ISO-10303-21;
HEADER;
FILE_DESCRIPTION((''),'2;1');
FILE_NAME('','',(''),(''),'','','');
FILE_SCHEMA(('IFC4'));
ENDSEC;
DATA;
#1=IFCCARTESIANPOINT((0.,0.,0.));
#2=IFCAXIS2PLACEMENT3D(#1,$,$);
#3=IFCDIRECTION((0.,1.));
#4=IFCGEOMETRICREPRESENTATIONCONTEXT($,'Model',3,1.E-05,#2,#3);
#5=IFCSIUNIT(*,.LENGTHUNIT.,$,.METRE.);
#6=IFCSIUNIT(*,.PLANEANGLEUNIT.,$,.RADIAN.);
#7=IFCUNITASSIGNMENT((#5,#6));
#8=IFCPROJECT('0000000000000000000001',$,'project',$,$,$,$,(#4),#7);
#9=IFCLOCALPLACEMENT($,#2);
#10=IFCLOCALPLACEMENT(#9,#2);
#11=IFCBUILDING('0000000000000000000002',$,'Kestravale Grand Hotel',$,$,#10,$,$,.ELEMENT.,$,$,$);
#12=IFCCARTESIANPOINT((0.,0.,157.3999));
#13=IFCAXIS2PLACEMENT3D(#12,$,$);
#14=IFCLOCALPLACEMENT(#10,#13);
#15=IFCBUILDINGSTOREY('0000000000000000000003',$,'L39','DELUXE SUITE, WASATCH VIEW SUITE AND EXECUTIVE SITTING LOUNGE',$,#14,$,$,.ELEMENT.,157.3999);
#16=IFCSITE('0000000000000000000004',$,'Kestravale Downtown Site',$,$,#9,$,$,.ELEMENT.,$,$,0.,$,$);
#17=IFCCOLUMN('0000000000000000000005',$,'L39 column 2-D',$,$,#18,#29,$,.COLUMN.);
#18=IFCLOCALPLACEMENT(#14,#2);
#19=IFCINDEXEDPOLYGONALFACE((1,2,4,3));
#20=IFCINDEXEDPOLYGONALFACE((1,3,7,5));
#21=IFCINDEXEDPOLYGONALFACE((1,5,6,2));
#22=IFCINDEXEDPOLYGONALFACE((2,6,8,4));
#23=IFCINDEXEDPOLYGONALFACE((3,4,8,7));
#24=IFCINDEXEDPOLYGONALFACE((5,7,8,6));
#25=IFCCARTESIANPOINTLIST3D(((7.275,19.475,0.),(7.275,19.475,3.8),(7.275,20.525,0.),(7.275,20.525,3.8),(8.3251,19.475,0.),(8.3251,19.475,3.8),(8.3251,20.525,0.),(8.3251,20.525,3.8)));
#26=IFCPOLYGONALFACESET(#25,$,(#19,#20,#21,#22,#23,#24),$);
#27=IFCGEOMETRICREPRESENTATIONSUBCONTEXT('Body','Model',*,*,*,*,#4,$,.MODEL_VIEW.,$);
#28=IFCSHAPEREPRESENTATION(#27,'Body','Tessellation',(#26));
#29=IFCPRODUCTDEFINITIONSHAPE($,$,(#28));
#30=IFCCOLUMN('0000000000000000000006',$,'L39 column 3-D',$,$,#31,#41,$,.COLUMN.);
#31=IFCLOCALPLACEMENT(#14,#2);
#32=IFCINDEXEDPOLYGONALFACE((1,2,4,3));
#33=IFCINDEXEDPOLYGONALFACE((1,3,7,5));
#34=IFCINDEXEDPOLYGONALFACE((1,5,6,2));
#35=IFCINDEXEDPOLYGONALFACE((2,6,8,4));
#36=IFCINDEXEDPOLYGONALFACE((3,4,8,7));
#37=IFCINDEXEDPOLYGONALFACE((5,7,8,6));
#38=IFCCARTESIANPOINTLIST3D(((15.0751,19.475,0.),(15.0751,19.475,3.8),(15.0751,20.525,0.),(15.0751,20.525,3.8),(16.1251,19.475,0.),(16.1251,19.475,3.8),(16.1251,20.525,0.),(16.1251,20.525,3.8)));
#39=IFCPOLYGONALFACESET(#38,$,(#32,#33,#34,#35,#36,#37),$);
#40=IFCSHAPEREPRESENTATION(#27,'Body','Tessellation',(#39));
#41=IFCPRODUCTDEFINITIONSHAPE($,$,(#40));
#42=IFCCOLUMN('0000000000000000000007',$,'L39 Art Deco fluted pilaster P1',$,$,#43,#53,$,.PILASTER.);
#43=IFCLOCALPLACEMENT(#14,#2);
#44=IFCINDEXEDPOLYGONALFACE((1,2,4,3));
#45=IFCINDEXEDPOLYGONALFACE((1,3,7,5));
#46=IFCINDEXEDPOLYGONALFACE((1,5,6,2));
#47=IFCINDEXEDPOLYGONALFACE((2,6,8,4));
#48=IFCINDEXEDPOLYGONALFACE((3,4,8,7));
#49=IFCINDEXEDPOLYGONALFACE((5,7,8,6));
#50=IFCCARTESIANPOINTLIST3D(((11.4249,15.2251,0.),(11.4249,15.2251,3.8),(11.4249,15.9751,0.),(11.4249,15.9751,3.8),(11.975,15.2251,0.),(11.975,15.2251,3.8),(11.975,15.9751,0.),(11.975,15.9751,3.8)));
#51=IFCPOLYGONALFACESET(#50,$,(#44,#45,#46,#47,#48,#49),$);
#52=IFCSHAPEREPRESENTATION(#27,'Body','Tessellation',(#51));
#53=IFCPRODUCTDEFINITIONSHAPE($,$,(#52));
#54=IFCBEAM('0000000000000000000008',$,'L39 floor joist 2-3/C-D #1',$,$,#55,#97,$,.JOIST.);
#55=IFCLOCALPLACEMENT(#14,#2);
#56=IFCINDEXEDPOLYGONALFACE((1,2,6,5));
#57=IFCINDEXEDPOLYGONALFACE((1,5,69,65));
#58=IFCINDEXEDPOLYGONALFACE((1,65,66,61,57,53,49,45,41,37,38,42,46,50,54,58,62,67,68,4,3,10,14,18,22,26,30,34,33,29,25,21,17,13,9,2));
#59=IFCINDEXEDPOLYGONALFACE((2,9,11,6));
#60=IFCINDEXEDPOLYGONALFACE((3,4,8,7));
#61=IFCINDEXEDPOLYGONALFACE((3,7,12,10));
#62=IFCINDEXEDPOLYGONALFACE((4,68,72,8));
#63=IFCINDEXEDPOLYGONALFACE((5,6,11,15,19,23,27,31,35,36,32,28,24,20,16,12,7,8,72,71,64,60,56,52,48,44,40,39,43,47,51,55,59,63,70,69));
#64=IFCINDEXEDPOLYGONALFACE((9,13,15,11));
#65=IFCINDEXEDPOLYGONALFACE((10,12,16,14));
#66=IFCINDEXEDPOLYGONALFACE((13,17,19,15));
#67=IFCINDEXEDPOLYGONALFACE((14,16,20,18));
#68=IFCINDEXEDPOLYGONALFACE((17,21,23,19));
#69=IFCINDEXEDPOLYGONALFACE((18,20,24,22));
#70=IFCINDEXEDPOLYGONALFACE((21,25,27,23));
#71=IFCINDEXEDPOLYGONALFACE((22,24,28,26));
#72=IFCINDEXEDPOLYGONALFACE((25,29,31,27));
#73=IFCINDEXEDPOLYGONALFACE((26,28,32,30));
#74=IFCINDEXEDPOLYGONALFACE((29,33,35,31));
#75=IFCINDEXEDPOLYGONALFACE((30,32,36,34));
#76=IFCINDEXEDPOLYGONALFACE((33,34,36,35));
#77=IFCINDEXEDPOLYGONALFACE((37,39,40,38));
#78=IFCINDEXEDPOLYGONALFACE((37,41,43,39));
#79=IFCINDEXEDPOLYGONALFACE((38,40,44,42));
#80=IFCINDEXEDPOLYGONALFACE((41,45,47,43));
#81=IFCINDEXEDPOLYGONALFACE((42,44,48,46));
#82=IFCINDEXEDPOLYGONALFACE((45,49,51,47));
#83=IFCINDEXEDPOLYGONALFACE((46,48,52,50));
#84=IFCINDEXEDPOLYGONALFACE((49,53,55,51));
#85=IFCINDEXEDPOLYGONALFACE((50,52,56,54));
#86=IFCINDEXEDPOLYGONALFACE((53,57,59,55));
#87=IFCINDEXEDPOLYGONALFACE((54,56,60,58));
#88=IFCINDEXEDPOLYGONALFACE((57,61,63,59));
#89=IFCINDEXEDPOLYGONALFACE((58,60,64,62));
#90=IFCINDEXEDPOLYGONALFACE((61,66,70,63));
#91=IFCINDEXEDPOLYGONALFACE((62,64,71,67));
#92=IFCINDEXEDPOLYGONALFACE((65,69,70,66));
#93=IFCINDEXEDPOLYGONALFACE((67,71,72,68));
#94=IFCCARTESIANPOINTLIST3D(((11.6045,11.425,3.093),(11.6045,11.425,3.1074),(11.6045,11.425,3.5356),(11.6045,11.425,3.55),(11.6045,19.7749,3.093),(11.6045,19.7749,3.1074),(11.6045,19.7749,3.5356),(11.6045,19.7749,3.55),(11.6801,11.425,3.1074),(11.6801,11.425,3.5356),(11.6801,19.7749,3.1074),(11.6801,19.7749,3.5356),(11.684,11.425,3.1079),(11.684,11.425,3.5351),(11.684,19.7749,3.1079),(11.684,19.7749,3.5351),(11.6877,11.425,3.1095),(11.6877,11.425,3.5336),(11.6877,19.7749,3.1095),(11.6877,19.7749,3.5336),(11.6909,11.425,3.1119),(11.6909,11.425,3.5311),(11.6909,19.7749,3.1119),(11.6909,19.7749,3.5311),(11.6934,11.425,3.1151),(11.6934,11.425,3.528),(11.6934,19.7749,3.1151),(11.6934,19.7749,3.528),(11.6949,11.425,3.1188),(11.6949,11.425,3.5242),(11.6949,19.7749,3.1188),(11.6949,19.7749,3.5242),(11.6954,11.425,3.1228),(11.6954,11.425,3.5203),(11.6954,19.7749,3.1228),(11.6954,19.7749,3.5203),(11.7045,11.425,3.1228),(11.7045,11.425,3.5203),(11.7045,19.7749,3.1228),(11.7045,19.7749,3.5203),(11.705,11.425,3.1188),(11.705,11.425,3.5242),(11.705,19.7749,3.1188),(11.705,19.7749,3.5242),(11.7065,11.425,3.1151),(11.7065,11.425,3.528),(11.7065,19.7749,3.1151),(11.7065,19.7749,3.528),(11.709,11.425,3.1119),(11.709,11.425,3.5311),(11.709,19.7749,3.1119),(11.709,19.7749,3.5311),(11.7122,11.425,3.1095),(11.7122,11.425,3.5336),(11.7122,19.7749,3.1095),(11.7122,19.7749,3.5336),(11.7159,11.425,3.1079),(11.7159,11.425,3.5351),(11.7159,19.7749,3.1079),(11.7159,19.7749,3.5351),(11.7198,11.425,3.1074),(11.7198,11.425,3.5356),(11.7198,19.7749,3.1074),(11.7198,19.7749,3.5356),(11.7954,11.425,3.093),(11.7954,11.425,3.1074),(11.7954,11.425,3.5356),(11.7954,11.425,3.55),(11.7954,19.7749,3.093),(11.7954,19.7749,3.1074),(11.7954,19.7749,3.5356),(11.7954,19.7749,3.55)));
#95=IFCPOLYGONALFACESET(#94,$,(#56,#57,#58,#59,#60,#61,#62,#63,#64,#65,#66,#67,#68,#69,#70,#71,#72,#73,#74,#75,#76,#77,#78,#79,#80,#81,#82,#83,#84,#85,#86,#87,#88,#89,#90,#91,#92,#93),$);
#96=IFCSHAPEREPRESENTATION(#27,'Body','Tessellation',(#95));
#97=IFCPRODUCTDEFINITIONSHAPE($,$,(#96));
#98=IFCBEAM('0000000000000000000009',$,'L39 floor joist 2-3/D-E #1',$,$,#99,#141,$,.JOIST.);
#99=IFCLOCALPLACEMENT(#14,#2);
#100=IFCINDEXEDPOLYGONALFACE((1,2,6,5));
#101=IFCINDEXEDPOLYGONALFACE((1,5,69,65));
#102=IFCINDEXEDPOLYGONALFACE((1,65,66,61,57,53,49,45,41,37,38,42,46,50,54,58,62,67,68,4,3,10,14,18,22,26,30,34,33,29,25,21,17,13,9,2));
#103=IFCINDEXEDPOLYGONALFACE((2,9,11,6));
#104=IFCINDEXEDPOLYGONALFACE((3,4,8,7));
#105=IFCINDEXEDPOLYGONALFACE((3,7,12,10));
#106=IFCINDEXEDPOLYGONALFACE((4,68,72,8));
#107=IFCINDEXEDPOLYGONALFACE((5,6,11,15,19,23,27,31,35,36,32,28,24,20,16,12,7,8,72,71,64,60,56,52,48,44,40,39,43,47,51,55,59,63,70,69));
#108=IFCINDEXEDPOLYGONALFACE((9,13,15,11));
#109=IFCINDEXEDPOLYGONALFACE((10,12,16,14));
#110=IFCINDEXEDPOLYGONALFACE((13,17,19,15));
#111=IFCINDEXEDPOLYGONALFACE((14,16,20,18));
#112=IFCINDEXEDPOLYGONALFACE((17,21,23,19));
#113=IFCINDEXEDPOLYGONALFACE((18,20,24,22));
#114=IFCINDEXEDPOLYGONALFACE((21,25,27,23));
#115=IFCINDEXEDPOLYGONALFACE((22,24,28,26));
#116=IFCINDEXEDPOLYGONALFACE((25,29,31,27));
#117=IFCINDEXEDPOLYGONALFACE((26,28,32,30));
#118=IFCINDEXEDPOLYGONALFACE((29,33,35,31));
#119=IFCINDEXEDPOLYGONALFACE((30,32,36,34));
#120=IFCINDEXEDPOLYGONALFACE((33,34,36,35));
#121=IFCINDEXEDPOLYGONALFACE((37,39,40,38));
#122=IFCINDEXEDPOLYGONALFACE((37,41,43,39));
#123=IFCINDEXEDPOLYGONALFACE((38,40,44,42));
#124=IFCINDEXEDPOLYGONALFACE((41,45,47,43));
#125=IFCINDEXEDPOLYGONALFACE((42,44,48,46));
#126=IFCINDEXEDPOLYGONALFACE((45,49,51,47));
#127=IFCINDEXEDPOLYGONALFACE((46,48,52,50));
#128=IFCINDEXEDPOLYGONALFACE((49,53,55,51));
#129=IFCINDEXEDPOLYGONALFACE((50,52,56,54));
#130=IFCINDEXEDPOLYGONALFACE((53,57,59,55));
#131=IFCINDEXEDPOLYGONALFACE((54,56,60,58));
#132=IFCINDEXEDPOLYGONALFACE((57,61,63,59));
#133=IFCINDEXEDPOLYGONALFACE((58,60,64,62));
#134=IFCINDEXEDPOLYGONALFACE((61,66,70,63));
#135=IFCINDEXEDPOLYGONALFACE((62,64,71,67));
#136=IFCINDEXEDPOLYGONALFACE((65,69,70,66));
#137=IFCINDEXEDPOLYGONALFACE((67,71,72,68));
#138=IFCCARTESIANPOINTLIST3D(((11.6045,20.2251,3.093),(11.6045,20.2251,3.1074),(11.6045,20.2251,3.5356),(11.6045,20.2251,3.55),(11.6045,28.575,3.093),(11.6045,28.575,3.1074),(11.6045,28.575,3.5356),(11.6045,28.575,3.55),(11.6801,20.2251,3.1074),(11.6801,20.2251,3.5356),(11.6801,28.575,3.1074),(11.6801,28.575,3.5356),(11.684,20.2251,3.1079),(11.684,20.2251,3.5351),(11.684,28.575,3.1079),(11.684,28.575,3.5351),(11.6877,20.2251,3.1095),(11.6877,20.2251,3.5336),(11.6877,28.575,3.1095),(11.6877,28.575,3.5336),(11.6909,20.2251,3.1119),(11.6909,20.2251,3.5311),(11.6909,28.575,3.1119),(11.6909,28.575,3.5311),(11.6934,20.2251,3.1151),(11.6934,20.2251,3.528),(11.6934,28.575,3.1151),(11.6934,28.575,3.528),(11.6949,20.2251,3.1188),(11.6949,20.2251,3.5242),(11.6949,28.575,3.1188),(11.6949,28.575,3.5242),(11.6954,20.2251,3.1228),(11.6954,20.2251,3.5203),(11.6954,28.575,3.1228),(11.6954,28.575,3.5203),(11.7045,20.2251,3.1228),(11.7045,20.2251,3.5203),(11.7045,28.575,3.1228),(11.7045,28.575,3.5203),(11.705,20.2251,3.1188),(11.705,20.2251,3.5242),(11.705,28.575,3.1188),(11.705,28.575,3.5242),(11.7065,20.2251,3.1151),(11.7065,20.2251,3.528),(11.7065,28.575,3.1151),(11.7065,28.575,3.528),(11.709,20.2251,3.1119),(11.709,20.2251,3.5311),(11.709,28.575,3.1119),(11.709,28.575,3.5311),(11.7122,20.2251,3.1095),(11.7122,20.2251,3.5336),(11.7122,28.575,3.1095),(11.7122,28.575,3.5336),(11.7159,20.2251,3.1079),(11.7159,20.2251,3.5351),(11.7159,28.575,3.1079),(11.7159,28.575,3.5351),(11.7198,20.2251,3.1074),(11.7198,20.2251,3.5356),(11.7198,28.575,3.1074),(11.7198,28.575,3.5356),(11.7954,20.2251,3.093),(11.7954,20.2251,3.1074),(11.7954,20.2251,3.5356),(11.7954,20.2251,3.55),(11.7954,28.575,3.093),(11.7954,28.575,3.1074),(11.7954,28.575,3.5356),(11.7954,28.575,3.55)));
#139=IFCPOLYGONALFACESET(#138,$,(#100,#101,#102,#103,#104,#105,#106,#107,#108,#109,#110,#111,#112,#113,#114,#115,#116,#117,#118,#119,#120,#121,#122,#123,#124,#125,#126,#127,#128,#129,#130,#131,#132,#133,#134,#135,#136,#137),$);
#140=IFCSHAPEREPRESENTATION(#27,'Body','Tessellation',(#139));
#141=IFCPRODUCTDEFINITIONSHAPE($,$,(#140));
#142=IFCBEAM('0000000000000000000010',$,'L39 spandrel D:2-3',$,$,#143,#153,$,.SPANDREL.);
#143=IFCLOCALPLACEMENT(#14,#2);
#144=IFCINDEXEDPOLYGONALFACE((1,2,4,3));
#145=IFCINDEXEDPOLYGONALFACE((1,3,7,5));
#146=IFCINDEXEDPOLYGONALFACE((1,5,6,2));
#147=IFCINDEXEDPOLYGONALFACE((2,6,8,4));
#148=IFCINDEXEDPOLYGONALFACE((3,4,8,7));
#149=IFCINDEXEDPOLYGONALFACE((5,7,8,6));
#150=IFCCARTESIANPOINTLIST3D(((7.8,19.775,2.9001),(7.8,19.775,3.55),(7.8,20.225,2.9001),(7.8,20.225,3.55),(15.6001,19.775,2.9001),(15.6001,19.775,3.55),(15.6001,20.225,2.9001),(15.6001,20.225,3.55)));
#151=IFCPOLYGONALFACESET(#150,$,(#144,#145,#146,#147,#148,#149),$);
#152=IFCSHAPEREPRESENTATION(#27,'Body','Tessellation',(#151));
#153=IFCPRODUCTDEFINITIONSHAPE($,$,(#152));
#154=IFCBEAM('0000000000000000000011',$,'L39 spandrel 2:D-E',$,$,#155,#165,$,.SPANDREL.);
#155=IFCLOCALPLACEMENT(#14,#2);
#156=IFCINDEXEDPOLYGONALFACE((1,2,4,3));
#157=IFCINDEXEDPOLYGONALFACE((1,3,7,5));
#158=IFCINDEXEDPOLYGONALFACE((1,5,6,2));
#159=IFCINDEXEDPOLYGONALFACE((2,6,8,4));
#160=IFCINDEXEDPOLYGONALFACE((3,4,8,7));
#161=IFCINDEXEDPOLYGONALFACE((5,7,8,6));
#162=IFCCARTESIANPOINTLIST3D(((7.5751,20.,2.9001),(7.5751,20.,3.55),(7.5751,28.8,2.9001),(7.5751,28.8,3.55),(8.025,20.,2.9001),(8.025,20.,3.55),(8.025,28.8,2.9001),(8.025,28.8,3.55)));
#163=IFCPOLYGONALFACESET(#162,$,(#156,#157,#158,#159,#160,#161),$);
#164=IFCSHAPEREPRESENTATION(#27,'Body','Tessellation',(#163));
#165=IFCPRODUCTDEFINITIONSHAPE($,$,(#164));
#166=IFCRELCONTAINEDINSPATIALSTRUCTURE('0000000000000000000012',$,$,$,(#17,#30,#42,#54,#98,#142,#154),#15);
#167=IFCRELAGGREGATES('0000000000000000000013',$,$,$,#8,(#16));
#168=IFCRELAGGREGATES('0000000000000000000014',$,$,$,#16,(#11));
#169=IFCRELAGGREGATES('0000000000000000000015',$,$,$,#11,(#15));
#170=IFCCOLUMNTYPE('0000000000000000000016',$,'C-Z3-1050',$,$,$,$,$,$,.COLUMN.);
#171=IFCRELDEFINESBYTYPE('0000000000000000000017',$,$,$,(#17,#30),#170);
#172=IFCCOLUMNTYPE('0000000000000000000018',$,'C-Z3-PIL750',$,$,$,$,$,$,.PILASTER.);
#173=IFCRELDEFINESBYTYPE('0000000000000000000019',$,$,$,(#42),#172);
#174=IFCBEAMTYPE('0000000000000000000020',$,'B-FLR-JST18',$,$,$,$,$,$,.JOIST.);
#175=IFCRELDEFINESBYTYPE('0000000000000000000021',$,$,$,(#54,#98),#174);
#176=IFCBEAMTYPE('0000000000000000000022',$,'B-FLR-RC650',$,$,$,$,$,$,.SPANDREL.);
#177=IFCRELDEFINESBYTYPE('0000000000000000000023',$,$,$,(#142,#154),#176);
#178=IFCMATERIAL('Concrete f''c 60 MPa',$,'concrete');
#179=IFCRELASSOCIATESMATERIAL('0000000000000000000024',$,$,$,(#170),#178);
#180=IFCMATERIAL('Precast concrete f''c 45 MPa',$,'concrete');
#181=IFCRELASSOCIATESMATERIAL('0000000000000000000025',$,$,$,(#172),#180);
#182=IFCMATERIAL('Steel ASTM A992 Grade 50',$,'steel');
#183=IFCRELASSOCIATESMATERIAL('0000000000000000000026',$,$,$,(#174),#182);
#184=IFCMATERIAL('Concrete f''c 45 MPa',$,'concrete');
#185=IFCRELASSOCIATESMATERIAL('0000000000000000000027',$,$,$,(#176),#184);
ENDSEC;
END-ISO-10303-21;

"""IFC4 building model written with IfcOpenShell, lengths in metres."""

from ifc_helpers import new_model, si_unit, direction, frame, origin, origin_2d, place, context, subcontext, project, spatial, rectangle, i_section, extrude, material, material_profile, profile_set, type_object, element, save


model = new_model("IFC4")

# Units and contexts
model_context = context("Model", 3, precision=1e-05, world=origin(), true_north=direction((0.0, 1.0)))
body_context = subcontext(model_context, "Body", "Model", "MODEL_VIEW")
ifc_project = project(units=[si_unit("LENGTHUNIT", "METRE"), si_unit("PLANEANGLEUNIT", "RADIAN")], contexts=[model_context])

# Site, building, storey
site_placement = place(None, origin())
site = spatial("IfcSite", under=ifc_project, at=site_placement, Name="Kestravale Downtown Site", CompositionType="ELEMENT", RefElevation=0.0)
building_placement = place(site_placement, origin())
building = spatial("IfcBuilding", under=site, at=building_placement, Name="Kestravale Grand Hotel", CompositionType="ELEMENT")
storey_placement = place(building_placement, frame((0.0, 0.0, 157.3999)))
storey = spatial("IfcBuildingStorey", under=building, at=storey_placement, Name="L39", Description="DELUXE SUITE, WASATCH VIEW SUITE AND EXECUTIVE SITTING LOUNGE", CompositionType="ELEMENT", Elevation=157.3999)

# Columns
ifc_material_1 = material(Name="Concrete f'c 60 MPa", Category="concrete")
ifc_material_profile_1 = material_profile(ifc_material_1, rectangle(XDim=1.05, YDim=1.05, at=origin_2d()))
ifc_profile_set_1 = profile_set([ifc_material_profile_1], Name="Concrete f'c 60 MPa")
column_type_1 = type_object("IfcColumnType", Name="C-Z3-1050", PredefinedType="COLUMN", material=ifc_profile_set_1)
for number, where, z_axis, x_axis, name in (
    (1, (7.8, 20.0, 0.0), (0.0, 0.0, 1.0), (1.0, 0.0, 0.0), "L39 column 2-D"),
    (2, (15.6001, 20.0, 0.0), (0.0, 0.0, 1.0), (1.0, 0.0, 0.0), "L39 column 3-D"),
):
    element("IfcColumn", number, at=place(storey_placement, frame(where, z_axis=z_axis, x_axis=x_axis)), inside=storey, type_object=column_type_1, Name=name, PredefinedType="COLUMN", context=body_context, shape_type="SweptSolid", body=[
        extrude(rectangle(XDim=1.05, YDim=1.05, at=origin_2d()), origin(), (0.0, 0.0, 1.0), 3.8),
    ])
ifc_material_2 = material(Name="Precast concrete f'c 45 MPa", Category="concrete")
ifc_material_profile_2 = material_profile(ifc_material_2, rectangle(XDim=0.55, YDim=0.75, at=origin_2d()))
ifc_profile_set_2 = profile_set([ifc_material_profile_2], Name="Precast concrete f'c 45 MPa")
column_type_2 = type_object("IfcColumnType", Name="C-Z3-PIL750", PredefinedType="PILASTER", material=ifc_profile_set_2)
column_placement = place(storey_placement, frame((11.7, 15.6001, 0.0), z_axis=(0.0, 0.0, 1.0), x_axis=(1.0, 0.0, 0.0)))
element("IfcColumn", 3, at=column_placement, inside=storey, type_object=column_type_2, Name="L39 Art Deco fluted pilaster P1", PredefinedType="PILASTER", context=body_context, shape_type="SweptSolid", body=[
    extrude(rectangle(XDim=0.55, YDim=0.75, at=origin_2d()), origin(), (0.0, 0.0, 1.0), 3.8),
])

# Beams
ifc_material_3 = material(Name="Steel ASTM A992 Grade 50", Category="steel")
ifc_material_profile_3 = material_profile(ifc_material_3, i_section(OverallWidth=0.1909, OverallDepth=0.457, WebThickness=0.009, FlangeThickness=0.0144, FilletRadius=0.0154, at=origin_2d()))
ifc_profile_set_3 = profile_set([ifc_material_profile_3], Name="Steel ASTM A992 Grade 50")
beam_type_1 = type_object("IfcBeamType", Name="B-FLR-JST18", PredefinedType="JOIST", material=ifc_profile_set_3)
for number, where, z_axis, x_axis, name in (
    (4, (11.7, 11.425, 3.3215), (0.0, 1.0, 0.0), (-1.0, 0.0, 0.0), "L39 floor joist 2-3/C-D #1"),
    (5, (11.7, 20.2251, 3.3215), (0.0, 1.0, 0.0), (-1.0, 0.0, 0.0), "L39 floor joist 2-3/D-E #1"),
):
    element("IfcBeam", number, at=place(storey_placement, frame(where, z_axis=z_axis, x_axis=x_axis)), inside=storey, type_object=beam_type_1, Name=name, PredefinedType="JOIST", context=body_context, shape_type="SweptSolid", body=[
        extrude(i_section(OverallWidth=0.1909, OverallDepth=0.457, WebThickness=0.009, FlangeThickness=0.0144, FilletRadius=0.0154, at=origin_2d()), origin(), (0.0, 0.0, 1.0), 8.3499),
    ])
ifc_material_4 = material(Name="Concrete f'c 45 MPa", Category="concrete")
ifc_material_profile_4 = material_profile(ifc_material_4, rectangle(XDim=0.45, YDim=0.6499, at=origin_2d()))
ifc_profile_set_4 = profile_set([ifc_material_profile_4], Name="Concrete f'c 45 MPa")
beam_type_2 = type_object("IfcBeamType", Name="B-FLR-RC650", PredefinedType="SPANDREL", material=ifc_profile_set_4)
beam_1_placement = place(storey_placement, frame((7.8, 20.0, 3.2251), z_axis=(1.0, 0.0, 0.0), x_axis=(0.0, 1.0, 0.0)))
element("IfcBeam", 6, at=beam_1_placement, inside=storey, type_object=beam_type_2, Name="L39 spandrel D:2-3", PredefinedType="SPANDREL", context=body_context, shape_type="SweptSolid", body=[
    extrude(rectangle(XDim=0.45, YDim=0.6499, at=origin_2d()), origin(), (0.0, 0.0, 1.0), 7.8),
])
beam_2_placement = place(storey_placement, frame((7.8, 20.0, 3.2251), z_axis=(0.0, 1.0, 0.0), x_axis=(-1.0, 0.0, 0.0)))
element("IfcBeam", 7, at=beam_2_placement, inside=storey, type_object=beam_type_2, Name="L39 spandrel 2:D-E", PredefinedType="SPANDREL", context=body_context, shape_type="SweptSolid", body=[
    extrude(rectangle(XDim=0.45, YDim=0.6499, at=origin_2d()), origin(), (0.0, 0.0, 1.0), 8.8),
])

save(model, "model.ifc")
